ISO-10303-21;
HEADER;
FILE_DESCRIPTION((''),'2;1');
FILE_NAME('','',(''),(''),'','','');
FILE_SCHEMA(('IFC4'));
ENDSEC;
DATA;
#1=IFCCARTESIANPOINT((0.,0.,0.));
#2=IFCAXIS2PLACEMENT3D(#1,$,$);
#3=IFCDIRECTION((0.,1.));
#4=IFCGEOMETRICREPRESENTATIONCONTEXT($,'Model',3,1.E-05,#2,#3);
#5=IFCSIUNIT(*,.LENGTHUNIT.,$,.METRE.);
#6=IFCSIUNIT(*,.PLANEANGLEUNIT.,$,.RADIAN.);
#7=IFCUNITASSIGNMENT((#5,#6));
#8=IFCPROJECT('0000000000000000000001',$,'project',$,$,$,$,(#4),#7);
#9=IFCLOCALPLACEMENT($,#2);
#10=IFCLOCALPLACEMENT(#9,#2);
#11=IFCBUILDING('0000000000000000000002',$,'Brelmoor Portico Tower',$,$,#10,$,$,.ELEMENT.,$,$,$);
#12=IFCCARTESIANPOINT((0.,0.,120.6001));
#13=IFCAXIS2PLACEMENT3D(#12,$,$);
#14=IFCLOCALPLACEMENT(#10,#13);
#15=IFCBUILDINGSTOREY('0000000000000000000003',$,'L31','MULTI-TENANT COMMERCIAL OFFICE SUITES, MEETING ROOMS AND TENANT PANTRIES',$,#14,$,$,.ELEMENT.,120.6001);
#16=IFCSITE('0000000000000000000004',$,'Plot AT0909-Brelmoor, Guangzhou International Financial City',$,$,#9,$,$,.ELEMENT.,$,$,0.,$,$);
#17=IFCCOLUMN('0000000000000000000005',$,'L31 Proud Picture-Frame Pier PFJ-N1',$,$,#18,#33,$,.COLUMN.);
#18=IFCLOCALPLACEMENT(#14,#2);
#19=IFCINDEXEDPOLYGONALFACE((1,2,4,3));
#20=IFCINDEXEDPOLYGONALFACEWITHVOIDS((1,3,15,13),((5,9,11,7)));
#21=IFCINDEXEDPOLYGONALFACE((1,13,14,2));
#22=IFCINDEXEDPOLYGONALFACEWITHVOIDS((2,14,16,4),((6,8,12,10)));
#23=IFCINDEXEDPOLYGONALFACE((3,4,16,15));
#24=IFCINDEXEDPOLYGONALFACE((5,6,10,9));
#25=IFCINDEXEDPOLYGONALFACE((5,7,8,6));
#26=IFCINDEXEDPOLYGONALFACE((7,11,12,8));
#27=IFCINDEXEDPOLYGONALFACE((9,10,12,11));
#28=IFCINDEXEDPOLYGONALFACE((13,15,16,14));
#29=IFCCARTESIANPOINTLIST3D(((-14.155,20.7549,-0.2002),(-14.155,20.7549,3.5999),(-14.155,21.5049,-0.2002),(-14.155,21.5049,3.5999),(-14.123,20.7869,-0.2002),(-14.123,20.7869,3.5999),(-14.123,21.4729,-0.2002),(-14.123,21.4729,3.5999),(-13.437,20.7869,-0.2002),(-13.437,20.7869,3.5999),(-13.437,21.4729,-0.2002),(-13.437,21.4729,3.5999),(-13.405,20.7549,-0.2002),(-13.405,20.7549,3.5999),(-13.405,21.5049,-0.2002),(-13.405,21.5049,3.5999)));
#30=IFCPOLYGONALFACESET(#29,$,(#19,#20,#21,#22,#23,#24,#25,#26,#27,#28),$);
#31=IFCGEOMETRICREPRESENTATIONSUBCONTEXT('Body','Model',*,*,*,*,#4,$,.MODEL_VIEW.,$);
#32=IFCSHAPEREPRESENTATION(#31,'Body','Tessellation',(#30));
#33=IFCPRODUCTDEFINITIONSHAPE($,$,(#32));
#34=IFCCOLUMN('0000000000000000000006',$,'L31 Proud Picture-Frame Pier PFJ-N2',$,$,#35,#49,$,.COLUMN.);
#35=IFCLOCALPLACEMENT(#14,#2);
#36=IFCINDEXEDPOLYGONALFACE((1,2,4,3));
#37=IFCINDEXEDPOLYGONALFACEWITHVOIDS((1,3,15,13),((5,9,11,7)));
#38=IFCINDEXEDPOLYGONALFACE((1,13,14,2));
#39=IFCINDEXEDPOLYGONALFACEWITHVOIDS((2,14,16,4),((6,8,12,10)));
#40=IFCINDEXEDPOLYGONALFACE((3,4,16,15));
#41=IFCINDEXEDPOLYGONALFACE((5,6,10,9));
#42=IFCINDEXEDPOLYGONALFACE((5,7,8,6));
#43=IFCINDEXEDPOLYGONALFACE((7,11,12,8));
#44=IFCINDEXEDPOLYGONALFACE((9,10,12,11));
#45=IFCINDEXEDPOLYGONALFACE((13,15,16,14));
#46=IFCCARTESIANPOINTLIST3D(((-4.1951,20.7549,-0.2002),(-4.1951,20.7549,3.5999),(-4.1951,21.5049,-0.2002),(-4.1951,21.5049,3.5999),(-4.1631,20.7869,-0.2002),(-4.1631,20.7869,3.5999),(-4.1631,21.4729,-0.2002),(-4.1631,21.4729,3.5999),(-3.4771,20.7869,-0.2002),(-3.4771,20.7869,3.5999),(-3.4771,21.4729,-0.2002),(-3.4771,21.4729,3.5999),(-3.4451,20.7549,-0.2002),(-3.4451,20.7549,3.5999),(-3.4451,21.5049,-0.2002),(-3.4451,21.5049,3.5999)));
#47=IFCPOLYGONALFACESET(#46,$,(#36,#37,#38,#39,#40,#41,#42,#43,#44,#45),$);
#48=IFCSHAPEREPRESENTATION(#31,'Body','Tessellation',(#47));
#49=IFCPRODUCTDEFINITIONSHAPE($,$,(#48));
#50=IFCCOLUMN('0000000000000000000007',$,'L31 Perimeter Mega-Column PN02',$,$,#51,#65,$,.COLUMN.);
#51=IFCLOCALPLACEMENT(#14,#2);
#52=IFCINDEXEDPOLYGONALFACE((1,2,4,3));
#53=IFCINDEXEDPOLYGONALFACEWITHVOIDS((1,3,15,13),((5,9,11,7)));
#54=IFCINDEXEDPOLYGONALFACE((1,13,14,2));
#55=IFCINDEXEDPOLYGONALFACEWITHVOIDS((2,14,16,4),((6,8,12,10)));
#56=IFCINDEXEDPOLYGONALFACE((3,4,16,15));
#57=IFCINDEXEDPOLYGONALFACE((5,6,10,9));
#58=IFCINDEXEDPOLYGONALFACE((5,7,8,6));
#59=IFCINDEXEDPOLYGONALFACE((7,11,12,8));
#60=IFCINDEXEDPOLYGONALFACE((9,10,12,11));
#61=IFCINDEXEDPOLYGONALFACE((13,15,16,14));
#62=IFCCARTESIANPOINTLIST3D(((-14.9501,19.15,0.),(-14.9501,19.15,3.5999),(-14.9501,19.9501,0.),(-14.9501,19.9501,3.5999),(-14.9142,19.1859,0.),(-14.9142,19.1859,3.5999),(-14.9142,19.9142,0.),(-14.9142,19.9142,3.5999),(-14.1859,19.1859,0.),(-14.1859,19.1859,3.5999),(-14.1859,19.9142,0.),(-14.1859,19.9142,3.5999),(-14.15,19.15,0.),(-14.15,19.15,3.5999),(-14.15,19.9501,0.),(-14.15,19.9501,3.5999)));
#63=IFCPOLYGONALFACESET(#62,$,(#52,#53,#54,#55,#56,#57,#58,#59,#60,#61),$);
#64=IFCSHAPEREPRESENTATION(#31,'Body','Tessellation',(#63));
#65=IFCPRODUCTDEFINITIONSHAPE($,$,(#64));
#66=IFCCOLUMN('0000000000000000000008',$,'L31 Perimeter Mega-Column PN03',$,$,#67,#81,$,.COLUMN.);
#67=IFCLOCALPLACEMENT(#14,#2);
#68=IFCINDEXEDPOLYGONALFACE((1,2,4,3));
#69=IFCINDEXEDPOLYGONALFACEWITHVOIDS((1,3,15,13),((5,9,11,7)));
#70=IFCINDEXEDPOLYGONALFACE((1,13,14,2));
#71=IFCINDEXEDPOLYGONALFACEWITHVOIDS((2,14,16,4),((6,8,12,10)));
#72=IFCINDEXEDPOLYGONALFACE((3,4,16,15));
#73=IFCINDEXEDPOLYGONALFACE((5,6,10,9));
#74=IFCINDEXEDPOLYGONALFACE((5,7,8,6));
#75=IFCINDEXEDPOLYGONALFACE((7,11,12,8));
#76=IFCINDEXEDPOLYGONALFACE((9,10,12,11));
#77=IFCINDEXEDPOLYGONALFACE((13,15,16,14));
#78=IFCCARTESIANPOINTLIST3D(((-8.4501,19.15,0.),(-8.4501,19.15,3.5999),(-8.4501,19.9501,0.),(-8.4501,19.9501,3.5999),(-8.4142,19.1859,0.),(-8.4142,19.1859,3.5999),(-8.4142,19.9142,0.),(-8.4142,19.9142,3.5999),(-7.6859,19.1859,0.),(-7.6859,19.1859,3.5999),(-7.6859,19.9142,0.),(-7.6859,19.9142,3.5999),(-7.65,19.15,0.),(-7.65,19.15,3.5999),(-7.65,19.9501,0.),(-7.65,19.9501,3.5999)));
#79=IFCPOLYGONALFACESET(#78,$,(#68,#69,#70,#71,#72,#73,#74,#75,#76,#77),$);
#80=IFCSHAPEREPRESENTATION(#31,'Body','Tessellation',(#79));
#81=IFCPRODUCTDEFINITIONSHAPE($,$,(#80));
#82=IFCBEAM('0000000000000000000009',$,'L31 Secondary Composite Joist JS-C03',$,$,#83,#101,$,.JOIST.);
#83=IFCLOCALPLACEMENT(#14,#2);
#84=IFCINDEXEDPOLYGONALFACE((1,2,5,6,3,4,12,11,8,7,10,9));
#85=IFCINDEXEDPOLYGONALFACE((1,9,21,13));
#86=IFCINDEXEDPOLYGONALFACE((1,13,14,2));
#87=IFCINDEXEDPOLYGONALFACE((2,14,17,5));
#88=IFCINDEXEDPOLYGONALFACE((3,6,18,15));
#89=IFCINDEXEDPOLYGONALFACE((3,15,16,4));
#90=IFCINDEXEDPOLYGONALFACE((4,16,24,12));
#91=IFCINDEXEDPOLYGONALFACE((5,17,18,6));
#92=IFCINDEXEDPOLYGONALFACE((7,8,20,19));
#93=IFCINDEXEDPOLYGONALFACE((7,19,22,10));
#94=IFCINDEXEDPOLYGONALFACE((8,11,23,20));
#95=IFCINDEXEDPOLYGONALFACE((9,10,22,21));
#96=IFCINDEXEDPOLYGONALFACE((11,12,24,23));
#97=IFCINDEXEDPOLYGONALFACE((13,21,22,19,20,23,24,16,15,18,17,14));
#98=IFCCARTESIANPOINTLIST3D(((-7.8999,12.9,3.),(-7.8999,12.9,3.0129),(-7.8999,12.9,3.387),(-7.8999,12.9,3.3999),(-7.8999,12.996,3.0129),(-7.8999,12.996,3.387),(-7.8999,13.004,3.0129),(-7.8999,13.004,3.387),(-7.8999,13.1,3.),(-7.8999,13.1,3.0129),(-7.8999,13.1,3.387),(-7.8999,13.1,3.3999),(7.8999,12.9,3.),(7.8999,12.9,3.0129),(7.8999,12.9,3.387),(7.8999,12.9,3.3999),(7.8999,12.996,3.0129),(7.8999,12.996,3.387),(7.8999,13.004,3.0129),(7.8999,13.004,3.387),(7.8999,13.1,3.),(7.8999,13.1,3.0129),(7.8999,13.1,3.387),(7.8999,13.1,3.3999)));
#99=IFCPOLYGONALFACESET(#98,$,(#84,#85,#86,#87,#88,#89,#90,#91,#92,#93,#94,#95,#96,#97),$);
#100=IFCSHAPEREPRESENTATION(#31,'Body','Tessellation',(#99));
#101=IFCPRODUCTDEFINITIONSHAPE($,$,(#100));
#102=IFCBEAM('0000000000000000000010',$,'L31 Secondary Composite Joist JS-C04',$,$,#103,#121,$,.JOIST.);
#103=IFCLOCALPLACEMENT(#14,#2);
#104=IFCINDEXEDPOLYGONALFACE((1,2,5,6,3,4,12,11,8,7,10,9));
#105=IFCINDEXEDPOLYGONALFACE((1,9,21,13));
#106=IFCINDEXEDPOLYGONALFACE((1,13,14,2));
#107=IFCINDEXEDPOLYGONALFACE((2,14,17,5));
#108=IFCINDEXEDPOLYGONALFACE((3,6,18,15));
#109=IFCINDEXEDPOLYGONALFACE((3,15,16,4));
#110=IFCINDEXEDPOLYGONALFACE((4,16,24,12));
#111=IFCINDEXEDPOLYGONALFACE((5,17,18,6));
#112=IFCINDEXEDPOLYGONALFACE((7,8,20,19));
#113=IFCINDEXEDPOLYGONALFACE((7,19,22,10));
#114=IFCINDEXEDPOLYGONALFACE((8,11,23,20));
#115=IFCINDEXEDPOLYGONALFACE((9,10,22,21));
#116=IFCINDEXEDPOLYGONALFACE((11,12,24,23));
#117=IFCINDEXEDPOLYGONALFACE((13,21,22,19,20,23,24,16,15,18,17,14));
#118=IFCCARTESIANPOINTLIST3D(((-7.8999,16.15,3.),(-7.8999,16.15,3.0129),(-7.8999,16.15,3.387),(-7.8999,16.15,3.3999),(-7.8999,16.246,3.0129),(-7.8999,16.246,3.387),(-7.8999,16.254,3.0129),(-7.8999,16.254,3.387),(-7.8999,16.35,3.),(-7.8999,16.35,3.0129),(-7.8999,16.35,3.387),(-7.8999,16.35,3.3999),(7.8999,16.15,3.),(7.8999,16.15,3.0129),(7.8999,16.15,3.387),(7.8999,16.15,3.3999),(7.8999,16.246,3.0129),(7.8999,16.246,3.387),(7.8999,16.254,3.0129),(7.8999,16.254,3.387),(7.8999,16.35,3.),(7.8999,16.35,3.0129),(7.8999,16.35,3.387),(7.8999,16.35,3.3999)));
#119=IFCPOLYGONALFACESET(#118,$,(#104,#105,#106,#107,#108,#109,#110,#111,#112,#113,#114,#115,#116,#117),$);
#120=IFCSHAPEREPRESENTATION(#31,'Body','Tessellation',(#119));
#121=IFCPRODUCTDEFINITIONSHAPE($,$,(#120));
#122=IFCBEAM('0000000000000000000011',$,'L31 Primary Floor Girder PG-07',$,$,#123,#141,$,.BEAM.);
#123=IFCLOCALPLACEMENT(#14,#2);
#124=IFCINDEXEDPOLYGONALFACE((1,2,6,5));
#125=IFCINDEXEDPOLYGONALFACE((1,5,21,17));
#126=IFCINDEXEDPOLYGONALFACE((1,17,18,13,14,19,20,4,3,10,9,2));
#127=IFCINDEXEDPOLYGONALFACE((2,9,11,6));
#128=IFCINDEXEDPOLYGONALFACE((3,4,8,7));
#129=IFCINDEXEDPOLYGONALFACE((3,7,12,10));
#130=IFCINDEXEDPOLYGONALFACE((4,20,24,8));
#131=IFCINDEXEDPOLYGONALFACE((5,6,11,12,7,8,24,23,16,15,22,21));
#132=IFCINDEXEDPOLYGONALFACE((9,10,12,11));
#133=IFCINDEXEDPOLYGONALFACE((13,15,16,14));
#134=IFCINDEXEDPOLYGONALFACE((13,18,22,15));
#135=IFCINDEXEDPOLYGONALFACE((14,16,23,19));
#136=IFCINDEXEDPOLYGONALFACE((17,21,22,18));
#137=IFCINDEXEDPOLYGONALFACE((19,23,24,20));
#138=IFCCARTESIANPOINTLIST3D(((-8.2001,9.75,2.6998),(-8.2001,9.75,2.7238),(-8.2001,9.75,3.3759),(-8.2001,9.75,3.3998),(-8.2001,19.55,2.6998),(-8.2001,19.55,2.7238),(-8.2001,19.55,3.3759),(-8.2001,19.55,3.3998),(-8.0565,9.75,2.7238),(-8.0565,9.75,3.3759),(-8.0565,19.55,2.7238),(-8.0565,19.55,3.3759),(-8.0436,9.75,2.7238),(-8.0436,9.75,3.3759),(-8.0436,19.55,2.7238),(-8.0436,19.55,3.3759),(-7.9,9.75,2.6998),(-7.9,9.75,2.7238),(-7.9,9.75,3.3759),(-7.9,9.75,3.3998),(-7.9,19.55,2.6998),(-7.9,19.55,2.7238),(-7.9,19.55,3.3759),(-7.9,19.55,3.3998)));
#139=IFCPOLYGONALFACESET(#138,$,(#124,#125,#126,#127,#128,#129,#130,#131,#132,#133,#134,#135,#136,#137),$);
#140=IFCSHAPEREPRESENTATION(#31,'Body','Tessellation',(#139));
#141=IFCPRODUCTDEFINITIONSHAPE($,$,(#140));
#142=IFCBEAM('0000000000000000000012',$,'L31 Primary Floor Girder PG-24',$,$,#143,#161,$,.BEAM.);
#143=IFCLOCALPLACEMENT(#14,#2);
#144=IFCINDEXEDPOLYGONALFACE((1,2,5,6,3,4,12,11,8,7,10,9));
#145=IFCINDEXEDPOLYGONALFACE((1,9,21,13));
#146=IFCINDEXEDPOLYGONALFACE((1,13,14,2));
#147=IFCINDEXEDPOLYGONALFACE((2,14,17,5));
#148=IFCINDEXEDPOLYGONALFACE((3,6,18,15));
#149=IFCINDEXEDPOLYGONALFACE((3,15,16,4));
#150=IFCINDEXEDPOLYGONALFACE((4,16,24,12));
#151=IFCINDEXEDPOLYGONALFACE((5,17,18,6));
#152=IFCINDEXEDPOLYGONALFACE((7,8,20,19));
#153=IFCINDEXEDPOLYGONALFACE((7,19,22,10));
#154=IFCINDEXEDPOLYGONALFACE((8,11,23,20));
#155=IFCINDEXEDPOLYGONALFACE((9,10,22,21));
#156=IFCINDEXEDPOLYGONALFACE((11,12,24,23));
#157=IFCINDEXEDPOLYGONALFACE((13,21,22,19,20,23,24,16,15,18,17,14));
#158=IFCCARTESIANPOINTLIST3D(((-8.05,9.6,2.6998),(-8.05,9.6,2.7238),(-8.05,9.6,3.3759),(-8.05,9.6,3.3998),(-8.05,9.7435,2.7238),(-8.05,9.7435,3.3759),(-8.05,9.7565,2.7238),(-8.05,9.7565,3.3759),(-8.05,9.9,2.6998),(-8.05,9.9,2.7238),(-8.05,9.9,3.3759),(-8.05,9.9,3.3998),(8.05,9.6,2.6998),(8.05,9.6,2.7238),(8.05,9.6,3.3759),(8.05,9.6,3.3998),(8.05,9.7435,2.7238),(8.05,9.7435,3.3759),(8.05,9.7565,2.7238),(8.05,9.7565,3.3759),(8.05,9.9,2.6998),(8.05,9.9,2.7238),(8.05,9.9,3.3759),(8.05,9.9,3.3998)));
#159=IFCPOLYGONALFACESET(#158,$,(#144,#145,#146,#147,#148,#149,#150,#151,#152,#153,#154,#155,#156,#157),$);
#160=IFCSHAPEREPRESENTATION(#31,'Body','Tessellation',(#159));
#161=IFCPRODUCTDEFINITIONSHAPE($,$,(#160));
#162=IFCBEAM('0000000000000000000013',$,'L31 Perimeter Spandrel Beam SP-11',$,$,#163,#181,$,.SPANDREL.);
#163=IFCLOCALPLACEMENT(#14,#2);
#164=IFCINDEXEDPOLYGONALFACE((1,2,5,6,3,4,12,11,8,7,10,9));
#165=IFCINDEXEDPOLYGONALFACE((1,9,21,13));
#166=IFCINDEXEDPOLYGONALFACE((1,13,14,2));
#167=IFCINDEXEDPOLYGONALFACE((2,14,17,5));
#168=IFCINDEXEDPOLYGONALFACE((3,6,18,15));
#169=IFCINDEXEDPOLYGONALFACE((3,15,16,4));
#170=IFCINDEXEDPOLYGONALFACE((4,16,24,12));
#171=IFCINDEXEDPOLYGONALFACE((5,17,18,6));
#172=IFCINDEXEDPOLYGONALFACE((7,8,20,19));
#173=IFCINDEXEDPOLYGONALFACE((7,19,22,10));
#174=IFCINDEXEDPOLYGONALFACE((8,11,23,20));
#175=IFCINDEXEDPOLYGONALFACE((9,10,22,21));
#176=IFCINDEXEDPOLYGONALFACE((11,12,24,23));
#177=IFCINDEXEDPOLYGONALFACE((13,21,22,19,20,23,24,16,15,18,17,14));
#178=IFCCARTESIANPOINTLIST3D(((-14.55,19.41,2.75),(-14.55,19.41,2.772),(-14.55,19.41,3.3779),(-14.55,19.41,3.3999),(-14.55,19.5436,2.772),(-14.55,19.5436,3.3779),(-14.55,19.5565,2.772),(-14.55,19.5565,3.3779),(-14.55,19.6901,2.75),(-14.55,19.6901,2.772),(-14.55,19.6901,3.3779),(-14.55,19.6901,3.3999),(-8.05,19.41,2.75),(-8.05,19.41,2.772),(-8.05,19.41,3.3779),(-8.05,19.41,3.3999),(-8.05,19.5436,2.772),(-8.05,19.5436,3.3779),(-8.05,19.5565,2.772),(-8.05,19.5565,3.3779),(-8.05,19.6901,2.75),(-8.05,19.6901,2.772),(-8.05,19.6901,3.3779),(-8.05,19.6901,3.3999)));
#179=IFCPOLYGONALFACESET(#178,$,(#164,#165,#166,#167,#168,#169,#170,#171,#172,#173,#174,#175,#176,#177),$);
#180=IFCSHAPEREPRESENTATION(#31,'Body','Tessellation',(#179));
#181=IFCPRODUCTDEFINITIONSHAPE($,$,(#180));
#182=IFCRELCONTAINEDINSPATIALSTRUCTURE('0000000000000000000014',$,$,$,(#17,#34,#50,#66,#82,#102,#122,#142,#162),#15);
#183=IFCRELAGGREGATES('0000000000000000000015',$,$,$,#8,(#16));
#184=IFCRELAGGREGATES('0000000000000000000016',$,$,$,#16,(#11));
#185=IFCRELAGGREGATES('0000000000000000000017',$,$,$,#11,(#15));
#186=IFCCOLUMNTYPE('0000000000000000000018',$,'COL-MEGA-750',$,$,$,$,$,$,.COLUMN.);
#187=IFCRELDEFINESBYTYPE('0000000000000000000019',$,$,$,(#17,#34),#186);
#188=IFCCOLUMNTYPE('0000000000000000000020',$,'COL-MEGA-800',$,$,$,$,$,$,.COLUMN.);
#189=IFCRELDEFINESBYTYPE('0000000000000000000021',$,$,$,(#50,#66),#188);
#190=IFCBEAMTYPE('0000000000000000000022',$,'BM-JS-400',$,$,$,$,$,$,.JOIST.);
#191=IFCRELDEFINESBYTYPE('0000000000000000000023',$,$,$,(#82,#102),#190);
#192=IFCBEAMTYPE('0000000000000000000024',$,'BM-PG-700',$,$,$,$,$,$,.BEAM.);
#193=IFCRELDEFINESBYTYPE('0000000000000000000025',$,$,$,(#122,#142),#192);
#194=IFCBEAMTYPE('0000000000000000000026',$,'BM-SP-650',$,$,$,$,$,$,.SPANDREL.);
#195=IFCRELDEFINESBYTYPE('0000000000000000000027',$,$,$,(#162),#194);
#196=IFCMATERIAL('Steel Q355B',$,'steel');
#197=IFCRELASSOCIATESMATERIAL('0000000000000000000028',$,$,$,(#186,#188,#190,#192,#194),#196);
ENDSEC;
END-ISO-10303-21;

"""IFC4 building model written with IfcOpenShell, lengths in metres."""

from ifc_helpers import new_model, si_unit, direction, frame, origin, origin_2d, place, context, subcontext, project, spatial, hollow_rectangle, i_section, extrude, material, material_profile, profile_set, type_object, element, save


model = new_model("IFC4")

# Units and contexts
model_context = context("Model", 3, precision=1e-05, world=origin(), true_north=direction((0.0, 1.0)))
body_context = subcontext(model_context, "Body", "Model", "MODEL_VIEW")
ifc_project = project(units=[si_unit("LENGTHUNIT", "METRE"), si_unit("PLANEANGLEUNIT", "RADIAN")], contexts=[model_context])

# Site, building, storey
site_placement = place(None, origin())
site = spatial("IfcSite", under=ifc_project, at=site_placement, Name="Plot AT0909-Brelmoor, Guangzhou International Financial City", CompositionType="ELEMENT", RefElevation=0.0)
building_placement = place(site_placement, origin())
building = spatial("IfcBuilding", under=site, at=building_placement, Name="Brelmoor Portico Tower", CompositionType="ELEMENT")
storey_placement = place(building_placement, frame((0.0, 0.0, 120.6001)))
storey = spatial("IfcBuildingStorey", under=building, at=storey_placement, Name="L31", Description="MULTI-TENANT COMMERCIAL OFFICE SUITES, MEETING ROOMS AND TENANT PANTRIES", CompositionType="ELEMENT", Elevation=120.6001)

# Columns
ifc_material_1 = material(Name="Steel Q355B", Category="steel")
ifc_material_profile_1 = material_profile(ifc_material_1, hollow_rectangle(XDim=0.75, YDim=0.75, WallThickness=0.032, at=origin_2d()), Name="BOX 750x750x32")
ifc_profile_set_1 = profile_set([ifc_material_profile_1], Name="Steel Q355B")
column_type_1 = type_object("IfcColumnType", Name="COL-MEGA-750", PredefinedType="COLUMN", material=ifc_profile_set_1)
for number, where, z_axis, x_axis, name in (
    (1, (-13.78, 21.1299, -0.2002), (0.0, 0.0, 1.0), (1.0, 0.0, 0.0), "L31 Proud Picture-Frame Pier PFJ-N1"),
    (2, (-3.8201, 21.1299, -0.2002), (0.0, 0.0, 1.0), (1.0, 0.0, 0.0), "L31 Proud Picture-Frame Pier PFJ-N2"),
):
    element("IfcColumn", number, at=place(storey_placement, frame(where, z_axis=z_axis, x_axis=x_axis)), inside=storey, type_object=column_type_1, Name=name, PredefinedType="COLUMN", context=body_context, shape_type="SweptSolid", body=[
        extrude(hollow_rectangle(XDim=0.75, YDim=0.75, WallThickness=0.032, at=origin_2d()), origin(), (0.0, 0.0, 1.0), 3.8),
    ])
ifc_material_profile_2 = material_profile(ifc_material_1, hollow_rectangle(XDim=0.8, YDim=0.8, WallThickness=0.0359, at=origin_2d()), Name="BOX 800x800x36")
ifc_profile_set_2 = profile_set([ifc_material_profile_2], Name="Steel Q355B")
column_type_2 = type_object("IfcColumnType", Name="COL-MEGA-800", PredefinedType="COLUMN", material=ifc_profile_set_2)
for number, where, z_axis, x_axis, name in (
    (3, (-14.55, 19.55, 0.0), (0.0, 0.0, 1.0), (1.0, 0.0, 0.0), "L31 Perimeter Mega-Column PN02"),
    (4, (-8.05, 19.55, 0.0), (0.0, 0.0, 1.0), (1.0, 0.0, 0.0), "L31 Perimeter Mega-Column PN03"),
):
    element("IfcColumn", number, at=place(storey_placement, frame(where, z_axis=z_axis, x_axis=x_axis)), inside=storey, type_object=column_type_2, Name=name, PredefinedType="COLUMN", context=body_context, shape_type="SweptSolid", body=[
        extrude(hollow_rectangle(XDim=0.8, YDim=0.8, WallThickness=0.0359, at=origin_2d()), origin(), (0.0, 0.0, 1.0), 3.5999),
    ])

# Beams
ifc_material_profile_3 = material_profile(ifc_material_1, i_section(OverallWidth=0.2, OverallDepth=0.3999, WebThickness=0.0081, FlangeThickness=0.0129, at=origin_2d()), Name="HN 400x200x8x13")
ifc_profile_set_3 = profile_set([ifc_material_profile_3], Name="Steel Q355B")
beam_type_1 = type_object("IfcBeamType", Name="BM-JS-400", PredefinedType="JOIST", material=ifc_profile_set_3)
for number, where, z_axis, x_axis, name in (
    (5, (-7.8999, 13.0, 3.2), (1.0, 0.0, 0.0), (0.0, 1.0, 0.0), "L31 Secondary Composite Joist JS-C03"),
    (6, (-7.8999, 16.25, 3.2), (1.0, 0.0, 0.0), (0.0, 1.0, 0.0), "L31 Secondary Composite Joist JS-C04"),
):
    element("IfcBeam", number, at=place(storey_placement, frame(where, z_axis=z_axis, x_axis=x_axis)), inside=storey, type_object=beam_type_1, Name=name, PredefinedType="JOIST", context=body_context, shape_type="SweptSolid", body=[
        extrude(i_section(OverallWidth=0.2, OverallDepth=0.3999, WebThickness=0.0081, FlangeThickness=0.0129, at=origin_2d()), origin(), (0.0, 0.0, 1.0), 15.7998),
    ])
ifc_material_profile_4 = material_profile(ifc_material_1, i_section(OverallWidth=0.3, OverallDepth=0.7, WebThickness=0.0129, FlangeThickness=0.0239, at=origin_2d()), Name="HN 700x300x13x24")
ifc_profile_set_4 = profile_set([ifc_material_profile_4], Name="Steel Q355B")
beam_type_2 = type_object("IfcBeamType", Name="BM-PG-700", PredefinedType="BEAM", material=ifc_profile_set_4)
beam_1_placement = place(storey_placement, frame((-8.05, 9.75, 3.0498), z_axis=(0.0, 1.0, 0.0), x_axis=(-1.0, 0.0, 0.0)))
element("IfcBeam", 7, at=beam_1_placement, inside=storey, type_object=beam_type_2, Name="L31 Primary Floor Girder PG-07", PredefinedType="BEAM", context=body_context, shape_type="SweptSolid", body=[
    extrude(i_section(OverallWidth=0.3, OverallDepth=0.7, WebThickness=0.0129, FlangeThickness=0.0239, at=origin_2d()), origin(), (0.0, 0.0, 1.0), 9.8),
])
beam_2_placement = place(storey_placement, frame((-8.05, 9.75, 3.0498), z_axis=(1.0, 0.0, 0.0), x_axis=(0.0, 1.0, 0.0)))
element("IfcBeam", 8, at=beam_2_placement, inside=storey, type_object=beam_type_2, Name="L31 Primary Floor Girder PG-24", PredefinedType="BEAM", context=body_context, shape_type="SweptSolid", body=[
    extrude(i_section(OverallWidth=0.3, OverallDepth=0.7, WebThickness=0.0129, FlangeThickness=0.0239, at=origin_2d()), origin(), (0.0, 0.0, 1.0), 16.1001),
])
ifc_material_profile_5 = material_profile(ifc_material_1, i_section(OverallWidth=0.28, OverallDepth=0.6499, WebThickness=0.0129, FlangeThickness=0.022, at=origin_2d()), Name="HN 650x280x13x22")
ifc_profile_set_5 = profile_set([ifc_material_profile_5], Name="Steel Q355B")
beam_type_3 = type_object("IfcBeamType", Name="BM-SP-650", PredefinedType="SPANDREL", material=ifc_profile_set_5)
beam_3_placement = place(storey_placement, frame((-14.55, 19.55, 3.075), z_axis=(1.0, 0.0, 0.0), x_axis=(0.0, 1.0, 0.0)))
element("IfcBeam", 9, at=beam_3_placement, inside=storey, type_object=beam_type_3, Name="L31 Perimeter Spandrel Beam SP-11", PredefinedType="SPANDREL", context=body_context, shape_type="SweptSolid", body=[
    extrude(i_section(OverallWidth=0.28, OverallDepth=0.6499, WebThickness=0.0129, FlangeThickness=0.022, at=origin_2d()), origin(), (0.0, 0.0, 1.0), 6.5),
])

save(model, "model.ifc")
